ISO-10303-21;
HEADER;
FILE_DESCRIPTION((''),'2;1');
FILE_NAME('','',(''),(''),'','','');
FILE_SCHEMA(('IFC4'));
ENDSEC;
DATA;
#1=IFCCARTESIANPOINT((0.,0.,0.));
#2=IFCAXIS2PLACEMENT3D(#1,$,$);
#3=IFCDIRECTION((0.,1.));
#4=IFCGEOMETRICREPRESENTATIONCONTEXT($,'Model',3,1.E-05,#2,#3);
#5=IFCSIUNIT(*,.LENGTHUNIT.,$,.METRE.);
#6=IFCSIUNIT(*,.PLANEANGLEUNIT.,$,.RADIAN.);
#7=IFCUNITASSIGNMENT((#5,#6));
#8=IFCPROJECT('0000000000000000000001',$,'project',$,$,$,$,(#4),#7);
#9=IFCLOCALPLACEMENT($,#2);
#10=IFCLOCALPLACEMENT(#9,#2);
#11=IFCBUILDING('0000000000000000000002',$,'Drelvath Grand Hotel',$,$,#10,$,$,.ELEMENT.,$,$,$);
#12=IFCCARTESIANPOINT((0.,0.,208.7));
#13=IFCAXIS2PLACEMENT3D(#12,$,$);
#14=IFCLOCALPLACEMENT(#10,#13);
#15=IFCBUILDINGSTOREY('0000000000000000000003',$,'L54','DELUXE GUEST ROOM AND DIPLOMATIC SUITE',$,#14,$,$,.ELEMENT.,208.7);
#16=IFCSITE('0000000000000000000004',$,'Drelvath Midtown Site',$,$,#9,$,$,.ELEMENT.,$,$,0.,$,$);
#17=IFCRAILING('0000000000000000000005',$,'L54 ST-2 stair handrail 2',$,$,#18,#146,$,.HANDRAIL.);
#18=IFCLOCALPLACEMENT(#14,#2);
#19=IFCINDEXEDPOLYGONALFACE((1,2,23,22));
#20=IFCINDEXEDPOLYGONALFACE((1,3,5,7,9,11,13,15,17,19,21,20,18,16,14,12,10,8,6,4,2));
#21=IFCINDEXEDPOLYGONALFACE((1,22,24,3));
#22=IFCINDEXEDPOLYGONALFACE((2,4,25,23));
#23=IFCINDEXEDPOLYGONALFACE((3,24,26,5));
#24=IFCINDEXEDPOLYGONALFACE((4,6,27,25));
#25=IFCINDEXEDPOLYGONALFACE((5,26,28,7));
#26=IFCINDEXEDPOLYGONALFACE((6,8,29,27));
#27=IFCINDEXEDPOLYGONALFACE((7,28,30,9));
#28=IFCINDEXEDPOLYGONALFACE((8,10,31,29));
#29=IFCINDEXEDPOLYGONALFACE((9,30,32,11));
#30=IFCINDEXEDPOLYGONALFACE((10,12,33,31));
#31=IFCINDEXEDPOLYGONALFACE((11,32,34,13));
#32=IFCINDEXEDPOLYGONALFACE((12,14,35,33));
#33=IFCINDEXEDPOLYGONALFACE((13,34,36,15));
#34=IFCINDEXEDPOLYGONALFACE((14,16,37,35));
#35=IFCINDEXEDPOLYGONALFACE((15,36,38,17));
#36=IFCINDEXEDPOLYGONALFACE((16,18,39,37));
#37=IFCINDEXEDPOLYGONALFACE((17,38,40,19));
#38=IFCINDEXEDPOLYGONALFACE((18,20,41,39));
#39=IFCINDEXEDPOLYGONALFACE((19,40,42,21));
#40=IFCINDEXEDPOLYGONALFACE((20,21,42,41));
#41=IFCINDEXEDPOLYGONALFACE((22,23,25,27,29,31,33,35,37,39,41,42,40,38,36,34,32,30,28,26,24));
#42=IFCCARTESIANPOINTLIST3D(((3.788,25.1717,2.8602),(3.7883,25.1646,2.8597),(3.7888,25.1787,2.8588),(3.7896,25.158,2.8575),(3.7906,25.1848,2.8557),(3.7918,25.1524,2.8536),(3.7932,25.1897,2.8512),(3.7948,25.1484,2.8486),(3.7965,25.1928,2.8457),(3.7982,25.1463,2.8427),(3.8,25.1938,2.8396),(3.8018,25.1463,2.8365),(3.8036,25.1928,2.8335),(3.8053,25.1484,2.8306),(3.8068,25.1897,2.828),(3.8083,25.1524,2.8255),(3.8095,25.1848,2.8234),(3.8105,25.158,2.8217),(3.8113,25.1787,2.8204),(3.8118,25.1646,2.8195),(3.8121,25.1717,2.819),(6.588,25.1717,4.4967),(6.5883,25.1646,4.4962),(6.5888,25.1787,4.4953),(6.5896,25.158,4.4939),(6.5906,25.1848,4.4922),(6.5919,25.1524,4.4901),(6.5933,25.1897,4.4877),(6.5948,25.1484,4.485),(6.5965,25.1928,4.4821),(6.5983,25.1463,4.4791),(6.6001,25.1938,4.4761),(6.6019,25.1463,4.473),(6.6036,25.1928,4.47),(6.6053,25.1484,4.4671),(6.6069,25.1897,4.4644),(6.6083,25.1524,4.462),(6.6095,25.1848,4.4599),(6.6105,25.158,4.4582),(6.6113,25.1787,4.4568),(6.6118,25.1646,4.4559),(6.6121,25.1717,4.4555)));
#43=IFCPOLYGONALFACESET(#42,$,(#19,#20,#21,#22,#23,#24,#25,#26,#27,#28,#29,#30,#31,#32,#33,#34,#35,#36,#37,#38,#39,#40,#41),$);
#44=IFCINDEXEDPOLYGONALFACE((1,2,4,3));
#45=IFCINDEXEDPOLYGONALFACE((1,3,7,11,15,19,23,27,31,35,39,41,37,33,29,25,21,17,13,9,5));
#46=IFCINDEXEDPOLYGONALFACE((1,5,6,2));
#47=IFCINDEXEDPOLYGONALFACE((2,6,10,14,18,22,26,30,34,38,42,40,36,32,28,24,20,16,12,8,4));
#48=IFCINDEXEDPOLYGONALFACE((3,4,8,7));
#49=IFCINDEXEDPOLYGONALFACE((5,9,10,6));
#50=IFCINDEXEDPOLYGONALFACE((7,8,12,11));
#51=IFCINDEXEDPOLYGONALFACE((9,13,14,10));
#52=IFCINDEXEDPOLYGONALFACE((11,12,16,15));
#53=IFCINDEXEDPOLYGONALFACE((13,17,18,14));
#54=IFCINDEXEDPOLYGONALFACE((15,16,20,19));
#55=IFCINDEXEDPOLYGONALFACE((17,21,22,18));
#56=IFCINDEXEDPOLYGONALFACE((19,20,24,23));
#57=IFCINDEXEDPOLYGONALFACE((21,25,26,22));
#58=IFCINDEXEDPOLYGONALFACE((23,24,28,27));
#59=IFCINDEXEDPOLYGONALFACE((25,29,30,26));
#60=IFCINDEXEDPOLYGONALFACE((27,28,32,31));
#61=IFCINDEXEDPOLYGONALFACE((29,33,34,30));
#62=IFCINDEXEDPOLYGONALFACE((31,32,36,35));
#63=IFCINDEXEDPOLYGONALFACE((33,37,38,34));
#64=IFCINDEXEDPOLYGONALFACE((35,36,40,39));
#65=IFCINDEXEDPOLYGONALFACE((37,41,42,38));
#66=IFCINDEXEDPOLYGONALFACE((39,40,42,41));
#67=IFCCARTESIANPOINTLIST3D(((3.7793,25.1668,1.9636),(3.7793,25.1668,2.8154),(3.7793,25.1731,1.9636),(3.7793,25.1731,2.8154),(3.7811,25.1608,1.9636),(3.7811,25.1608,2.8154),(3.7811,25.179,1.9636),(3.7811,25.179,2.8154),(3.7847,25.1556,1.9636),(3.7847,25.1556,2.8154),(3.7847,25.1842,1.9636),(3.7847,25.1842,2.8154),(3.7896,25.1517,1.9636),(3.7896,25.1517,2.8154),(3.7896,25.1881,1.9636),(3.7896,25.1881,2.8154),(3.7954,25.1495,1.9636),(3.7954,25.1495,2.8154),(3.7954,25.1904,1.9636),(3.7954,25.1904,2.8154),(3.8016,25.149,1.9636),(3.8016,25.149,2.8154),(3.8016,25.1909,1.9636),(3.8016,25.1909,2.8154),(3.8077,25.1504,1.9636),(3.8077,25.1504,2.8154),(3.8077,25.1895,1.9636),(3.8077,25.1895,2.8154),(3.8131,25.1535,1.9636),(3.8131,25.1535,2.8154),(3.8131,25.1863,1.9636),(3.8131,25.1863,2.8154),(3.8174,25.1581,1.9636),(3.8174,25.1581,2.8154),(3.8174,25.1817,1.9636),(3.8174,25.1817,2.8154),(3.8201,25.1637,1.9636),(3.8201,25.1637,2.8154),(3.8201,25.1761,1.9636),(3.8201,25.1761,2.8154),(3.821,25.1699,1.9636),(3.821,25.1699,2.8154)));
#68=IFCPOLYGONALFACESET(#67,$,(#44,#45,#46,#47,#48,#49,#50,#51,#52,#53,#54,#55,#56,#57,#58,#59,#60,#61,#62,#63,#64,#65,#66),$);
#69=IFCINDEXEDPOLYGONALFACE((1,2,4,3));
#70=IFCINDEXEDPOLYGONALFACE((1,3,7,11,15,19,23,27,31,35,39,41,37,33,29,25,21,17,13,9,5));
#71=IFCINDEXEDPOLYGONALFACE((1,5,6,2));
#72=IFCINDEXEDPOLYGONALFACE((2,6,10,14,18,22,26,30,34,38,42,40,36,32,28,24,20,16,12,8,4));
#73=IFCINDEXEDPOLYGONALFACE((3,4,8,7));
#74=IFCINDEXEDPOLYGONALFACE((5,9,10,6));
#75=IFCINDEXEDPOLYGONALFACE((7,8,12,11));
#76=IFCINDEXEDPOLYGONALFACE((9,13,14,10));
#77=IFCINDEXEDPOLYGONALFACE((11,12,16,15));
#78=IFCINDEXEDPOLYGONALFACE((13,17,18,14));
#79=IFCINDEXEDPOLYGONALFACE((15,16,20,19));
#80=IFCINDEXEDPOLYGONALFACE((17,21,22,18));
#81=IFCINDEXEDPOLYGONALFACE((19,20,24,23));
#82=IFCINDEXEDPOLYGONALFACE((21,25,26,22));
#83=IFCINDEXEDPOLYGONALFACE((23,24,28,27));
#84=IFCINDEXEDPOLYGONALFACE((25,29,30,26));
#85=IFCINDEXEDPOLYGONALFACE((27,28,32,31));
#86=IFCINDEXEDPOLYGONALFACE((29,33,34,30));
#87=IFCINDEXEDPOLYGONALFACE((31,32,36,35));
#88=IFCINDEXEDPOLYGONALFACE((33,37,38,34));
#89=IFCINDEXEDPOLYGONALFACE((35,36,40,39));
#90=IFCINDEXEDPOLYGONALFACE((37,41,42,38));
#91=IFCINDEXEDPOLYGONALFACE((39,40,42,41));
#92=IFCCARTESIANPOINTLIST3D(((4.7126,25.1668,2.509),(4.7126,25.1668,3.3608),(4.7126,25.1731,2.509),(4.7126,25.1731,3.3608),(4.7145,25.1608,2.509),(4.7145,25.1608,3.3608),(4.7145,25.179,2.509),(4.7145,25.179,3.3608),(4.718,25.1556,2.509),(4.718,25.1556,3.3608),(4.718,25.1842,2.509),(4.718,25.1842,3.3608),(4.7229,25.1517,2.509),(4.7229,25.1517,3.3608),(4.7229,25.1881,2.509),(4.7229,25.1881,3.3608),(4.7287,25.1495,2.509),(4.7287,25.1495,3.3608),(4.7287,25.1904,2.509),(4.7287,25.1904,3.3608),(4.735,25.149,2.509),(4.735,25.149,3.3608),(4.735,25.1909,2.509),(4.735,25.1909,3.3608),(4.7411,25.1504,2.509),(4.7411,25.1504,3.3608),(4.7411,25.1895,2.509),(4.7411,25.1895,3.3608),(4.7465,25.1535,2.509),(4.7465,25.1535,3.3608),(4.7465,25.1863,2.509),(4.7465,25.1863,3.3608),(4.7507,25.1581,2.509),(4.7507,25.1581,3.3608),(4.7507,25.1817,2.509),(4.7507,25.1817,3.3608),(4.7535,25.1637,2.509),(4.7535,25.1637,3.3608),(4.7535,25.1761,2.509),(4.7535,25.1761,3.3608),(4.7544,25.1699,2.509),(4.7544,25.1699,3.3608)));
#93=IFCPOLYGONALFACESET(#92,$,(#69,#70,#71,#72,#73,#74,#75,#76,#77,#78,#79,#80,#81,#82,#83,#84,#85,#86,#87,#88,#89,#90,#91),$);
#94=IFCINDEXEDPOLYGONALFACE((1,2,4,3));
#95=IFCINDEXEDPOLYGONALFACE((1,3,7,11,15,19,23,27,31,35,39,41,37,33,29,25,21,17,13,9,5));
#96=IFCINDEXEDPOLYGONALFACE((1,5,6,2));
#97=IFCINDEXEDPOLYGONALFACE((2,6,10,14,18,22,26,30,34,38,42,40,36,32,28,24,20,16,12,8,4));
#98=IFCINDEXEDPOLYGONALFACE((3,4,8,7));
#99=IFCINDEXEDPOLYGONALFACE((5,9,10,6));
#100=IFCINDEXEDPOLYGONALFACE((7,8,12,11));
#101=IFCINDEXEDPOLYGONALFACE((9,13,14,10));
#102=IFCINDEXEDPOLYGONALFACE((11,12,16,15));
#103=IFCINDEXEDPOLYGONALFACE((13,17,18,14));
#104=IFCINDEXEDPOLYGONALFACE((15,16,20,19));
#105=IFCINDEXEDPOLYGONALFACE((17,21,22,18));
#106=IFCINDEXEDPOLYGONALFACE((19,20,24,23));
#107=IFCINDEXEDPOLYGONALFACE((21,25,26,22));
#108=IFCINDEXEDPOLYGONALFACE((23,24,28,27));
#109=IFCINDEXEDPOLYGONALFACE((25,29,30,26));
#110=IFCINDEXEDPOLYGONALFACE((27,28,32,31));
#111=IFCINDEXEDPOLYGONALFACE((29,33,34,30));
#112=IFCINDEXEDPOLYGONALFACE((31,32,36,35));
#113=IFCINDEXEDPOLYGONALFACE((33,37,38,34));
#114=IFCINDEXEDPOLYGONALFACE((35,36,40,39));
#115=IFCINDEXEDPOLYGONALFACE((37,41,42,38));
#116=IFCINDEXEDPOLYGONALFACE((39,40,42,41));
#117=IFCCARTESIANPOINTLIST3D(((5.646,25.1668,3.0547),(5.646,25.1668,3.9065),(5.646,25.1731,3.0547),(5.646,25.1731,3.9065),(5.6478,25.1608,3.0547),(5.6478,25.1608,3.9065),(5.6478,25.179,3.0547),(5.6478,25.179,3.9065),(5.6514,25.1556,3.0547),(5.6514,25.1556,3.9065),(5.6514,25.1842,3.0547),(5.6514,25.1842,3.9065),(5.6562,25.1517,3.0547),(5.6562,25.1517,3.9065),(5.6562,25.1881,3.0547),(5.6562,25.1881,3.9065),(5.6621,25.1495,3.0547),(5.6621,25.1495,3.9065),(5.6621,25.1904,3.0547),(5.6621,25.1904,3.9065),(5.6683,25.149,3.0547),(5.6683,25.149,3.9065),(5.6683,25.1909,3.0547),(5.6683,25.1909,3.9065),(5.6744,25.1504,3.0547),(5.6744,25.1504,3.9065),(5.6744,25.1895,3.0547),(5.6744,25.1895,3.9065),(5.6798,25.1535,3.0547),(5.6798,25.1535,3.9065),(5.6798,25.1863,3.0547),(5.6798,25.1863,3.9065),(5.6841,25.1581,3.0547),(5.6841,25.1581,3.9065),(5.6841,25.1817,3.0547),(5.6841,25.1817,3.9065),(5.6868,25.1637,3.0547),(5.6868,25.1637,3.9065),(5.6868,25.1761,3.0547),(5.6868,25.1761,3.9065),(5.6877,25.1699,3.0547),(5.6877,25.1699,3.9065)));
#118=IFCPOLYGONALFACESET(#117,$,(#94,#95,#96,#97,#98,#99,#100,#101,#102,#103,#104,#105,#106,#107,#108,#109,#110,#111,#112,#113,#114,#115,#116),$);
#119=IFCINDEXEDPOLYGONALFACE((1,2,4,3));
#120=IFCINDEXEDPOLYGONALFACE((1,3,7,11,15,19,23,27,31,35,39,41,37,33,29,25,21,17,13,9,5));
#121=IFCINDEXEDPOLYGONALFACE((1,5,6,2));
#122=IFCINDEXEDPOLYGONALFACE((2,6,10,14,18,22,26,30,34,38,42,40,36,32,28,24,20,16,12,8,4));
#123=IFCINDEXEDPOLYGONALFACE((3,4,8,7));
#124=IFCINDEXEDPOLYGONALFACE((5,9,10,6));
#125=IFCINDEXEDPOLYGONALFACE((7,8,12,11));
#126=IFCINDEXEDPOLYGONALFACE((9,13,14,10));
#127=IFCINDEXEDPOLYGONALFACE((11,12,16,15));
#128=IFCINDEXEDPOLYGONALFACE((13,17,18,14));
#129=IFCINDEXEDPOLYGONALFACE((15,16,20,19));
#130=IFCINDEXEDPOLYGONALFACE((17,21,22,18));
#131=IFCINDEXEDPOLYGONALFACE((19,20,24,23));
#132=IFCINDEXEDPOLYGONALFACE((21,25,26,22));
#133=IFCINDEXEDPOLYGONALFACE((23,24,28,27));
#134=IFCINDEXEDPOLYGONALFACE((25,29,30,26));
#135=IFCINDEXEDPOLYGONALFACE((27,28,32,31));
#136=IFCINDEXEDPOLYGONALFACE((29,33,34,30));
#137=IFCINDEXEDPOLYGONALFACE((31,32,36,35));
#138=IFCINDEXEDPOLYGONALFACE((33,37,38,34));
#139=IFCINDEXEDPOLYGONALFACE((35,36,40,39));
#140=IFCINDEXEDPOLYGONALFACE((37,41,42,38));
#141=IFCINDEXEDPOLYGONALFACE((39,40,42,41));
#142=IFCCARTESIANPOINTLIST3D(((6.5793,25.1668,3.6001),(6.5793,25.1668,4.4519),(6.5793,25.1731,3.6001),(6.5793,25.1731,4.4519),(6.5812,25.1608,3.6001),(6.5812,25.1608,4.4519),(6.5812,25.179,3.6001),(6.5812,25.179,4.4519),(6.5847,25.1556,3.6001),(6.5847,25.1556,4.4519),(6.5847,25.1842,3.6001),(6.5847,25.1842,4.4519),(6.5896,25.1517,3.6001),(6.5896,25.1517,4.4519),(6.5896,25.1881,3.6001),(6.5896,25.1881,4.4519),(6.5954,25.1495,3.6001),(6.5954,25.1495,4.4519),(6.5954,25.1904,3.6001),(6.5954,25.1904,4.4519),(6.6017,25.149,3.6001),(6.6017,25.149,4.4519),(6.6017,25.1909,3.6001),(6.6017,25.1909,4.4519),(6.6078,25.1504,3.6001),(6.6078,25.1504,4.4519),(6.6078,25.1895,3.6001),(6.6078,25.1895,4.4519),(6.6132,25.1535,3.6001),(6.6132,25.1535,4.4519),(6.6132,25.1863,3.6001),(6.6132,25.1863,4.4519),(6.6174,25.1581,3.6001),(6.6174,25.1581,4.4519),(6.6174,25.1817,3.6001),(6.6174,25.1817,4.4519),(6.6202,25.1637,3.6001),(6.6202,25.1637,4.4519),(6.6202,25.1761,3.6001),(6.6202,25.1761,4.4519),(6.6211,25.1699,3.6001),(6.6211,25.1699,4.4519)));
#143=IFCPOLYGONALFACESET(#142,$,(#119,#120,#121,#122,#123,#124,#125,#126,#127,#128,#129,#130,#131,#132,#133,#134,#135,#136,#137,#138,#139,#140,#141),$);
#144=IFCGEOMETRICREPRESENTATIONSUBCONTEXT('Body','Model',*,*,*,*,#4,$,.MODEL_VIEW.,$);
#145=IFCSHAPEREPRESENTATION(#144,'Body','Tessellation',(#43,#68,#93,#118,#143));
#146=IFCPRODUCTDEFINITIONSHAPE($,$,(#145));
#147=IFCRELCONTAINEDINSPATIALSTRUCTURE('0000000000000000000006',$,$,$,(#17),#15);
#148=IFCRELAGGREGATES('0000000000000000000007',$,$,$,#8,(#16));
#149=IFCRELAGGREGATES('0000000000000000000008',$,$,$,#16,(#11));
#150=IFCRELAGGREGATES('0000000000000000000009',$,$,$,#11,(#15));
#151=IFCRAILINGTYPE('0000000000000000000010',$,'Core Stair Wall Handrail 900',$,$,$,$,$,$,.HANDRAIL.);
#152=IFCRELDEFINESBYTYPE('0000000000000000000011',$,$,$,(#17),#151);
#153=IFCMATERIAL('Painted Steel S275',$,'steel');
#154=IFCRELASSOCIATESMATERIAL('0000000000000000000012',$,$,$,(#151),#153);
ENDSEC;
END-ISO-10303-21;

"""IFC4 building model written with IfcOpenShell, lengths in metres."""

from ifc_helpers import new_model, si_unit, direction, frame, origin, origin_2d, place, context, subcontext, project, spatial, circle, extrude, material, type_object, element, save


model = new_model("IFC4")

# Units and contexts
model_context = context("Model", 3, precision=1e-05, world=origin(), true_north=direction((0.0, 1.0)))
body_context = subcontext(model_context, "Body", "Model", "MODEL_VIEW")
ifc_project = project(units=[si_unit("LENGTHUNIT", "METRE"), si_unit("PLANEANGLEUNIT", "RADIAN")], contexts=[model_context])

# Site, building, storey
site_placement = place(None, origin())
site = spatial("IfcSite", under=ifc_project, at=site_placement, Name="Drelvath Midtown Site", CompositionType="ELEMENT", RefElevation=0.0)
building_placement = place(site_placement, origin())
building = spatial("IfcBuilding", under=site, at=building_placement, Name="Drelvath Grand Hotel", CompositionType="ELEMENT")
storey_placement = place(building_placement, frame((0.0, 0.0, 208.7)))
storey = spatial("IfcBuildingStorey", under=building, at=storey_placement, Name="L54", Description="DELUXE GUEST ROOM AND DIPLOMATIC SUITE", CompositionType="ELEMENT", Elevation=208.7)

# Railing
ifc_material_1 = material(Name="Painted Steel S275", Category="steel")
railing_type_1 = type_object("IfcRailingType", Name="Core Stair Wall Handrail 900", PredefinedType="HANDRAIL", material=ifc_material_1)
railing_1_placement = place(storey_placement, frame((3.8, 25.1699, 1.9636)))
element("IfcRailing", 1, at=railing_1_placement, inside=storey, type_object=railing_type_1, Name="L54 ST-2 stair handrail 2", PredefinedType="HANDRAIL", context=body_context, shape_type="SweptSolid", body=[
    extrude(circle(Radius=0.0239, at=origin_2d()), frame((0.0, 0.0, 0.876), z_axis=(0.863361, 0.0, 0.504587), x_axis=(0.0, 1.0, 0.0)), (0.0, 0.0, 1.0), 3.2432),
    extrude(circle(Radius=0.021, at=origin_2d()), origin(), (0.0, 0.0, 1.0), 0.8518),
    extrude(circle(Radius=0.021, at=origin_2d()), frame((0.9333, 0.0, 0.5454)), (0.0, 0.0, 1.0), 0.8518),
    extrude(circle(Radius=0.021, at=origin_2d()), frame((1.8667, 0.0, 1.0911)), (0.0, 0.0, 1.0), 0.8518),
    extrude(circle(Radius=0.021, at=origin_2d()), frame((2.8, 0.0, 1.6365)), (0.0, 0.0, 1.0), 0.8518),
])

save(model, "model.ifc")
